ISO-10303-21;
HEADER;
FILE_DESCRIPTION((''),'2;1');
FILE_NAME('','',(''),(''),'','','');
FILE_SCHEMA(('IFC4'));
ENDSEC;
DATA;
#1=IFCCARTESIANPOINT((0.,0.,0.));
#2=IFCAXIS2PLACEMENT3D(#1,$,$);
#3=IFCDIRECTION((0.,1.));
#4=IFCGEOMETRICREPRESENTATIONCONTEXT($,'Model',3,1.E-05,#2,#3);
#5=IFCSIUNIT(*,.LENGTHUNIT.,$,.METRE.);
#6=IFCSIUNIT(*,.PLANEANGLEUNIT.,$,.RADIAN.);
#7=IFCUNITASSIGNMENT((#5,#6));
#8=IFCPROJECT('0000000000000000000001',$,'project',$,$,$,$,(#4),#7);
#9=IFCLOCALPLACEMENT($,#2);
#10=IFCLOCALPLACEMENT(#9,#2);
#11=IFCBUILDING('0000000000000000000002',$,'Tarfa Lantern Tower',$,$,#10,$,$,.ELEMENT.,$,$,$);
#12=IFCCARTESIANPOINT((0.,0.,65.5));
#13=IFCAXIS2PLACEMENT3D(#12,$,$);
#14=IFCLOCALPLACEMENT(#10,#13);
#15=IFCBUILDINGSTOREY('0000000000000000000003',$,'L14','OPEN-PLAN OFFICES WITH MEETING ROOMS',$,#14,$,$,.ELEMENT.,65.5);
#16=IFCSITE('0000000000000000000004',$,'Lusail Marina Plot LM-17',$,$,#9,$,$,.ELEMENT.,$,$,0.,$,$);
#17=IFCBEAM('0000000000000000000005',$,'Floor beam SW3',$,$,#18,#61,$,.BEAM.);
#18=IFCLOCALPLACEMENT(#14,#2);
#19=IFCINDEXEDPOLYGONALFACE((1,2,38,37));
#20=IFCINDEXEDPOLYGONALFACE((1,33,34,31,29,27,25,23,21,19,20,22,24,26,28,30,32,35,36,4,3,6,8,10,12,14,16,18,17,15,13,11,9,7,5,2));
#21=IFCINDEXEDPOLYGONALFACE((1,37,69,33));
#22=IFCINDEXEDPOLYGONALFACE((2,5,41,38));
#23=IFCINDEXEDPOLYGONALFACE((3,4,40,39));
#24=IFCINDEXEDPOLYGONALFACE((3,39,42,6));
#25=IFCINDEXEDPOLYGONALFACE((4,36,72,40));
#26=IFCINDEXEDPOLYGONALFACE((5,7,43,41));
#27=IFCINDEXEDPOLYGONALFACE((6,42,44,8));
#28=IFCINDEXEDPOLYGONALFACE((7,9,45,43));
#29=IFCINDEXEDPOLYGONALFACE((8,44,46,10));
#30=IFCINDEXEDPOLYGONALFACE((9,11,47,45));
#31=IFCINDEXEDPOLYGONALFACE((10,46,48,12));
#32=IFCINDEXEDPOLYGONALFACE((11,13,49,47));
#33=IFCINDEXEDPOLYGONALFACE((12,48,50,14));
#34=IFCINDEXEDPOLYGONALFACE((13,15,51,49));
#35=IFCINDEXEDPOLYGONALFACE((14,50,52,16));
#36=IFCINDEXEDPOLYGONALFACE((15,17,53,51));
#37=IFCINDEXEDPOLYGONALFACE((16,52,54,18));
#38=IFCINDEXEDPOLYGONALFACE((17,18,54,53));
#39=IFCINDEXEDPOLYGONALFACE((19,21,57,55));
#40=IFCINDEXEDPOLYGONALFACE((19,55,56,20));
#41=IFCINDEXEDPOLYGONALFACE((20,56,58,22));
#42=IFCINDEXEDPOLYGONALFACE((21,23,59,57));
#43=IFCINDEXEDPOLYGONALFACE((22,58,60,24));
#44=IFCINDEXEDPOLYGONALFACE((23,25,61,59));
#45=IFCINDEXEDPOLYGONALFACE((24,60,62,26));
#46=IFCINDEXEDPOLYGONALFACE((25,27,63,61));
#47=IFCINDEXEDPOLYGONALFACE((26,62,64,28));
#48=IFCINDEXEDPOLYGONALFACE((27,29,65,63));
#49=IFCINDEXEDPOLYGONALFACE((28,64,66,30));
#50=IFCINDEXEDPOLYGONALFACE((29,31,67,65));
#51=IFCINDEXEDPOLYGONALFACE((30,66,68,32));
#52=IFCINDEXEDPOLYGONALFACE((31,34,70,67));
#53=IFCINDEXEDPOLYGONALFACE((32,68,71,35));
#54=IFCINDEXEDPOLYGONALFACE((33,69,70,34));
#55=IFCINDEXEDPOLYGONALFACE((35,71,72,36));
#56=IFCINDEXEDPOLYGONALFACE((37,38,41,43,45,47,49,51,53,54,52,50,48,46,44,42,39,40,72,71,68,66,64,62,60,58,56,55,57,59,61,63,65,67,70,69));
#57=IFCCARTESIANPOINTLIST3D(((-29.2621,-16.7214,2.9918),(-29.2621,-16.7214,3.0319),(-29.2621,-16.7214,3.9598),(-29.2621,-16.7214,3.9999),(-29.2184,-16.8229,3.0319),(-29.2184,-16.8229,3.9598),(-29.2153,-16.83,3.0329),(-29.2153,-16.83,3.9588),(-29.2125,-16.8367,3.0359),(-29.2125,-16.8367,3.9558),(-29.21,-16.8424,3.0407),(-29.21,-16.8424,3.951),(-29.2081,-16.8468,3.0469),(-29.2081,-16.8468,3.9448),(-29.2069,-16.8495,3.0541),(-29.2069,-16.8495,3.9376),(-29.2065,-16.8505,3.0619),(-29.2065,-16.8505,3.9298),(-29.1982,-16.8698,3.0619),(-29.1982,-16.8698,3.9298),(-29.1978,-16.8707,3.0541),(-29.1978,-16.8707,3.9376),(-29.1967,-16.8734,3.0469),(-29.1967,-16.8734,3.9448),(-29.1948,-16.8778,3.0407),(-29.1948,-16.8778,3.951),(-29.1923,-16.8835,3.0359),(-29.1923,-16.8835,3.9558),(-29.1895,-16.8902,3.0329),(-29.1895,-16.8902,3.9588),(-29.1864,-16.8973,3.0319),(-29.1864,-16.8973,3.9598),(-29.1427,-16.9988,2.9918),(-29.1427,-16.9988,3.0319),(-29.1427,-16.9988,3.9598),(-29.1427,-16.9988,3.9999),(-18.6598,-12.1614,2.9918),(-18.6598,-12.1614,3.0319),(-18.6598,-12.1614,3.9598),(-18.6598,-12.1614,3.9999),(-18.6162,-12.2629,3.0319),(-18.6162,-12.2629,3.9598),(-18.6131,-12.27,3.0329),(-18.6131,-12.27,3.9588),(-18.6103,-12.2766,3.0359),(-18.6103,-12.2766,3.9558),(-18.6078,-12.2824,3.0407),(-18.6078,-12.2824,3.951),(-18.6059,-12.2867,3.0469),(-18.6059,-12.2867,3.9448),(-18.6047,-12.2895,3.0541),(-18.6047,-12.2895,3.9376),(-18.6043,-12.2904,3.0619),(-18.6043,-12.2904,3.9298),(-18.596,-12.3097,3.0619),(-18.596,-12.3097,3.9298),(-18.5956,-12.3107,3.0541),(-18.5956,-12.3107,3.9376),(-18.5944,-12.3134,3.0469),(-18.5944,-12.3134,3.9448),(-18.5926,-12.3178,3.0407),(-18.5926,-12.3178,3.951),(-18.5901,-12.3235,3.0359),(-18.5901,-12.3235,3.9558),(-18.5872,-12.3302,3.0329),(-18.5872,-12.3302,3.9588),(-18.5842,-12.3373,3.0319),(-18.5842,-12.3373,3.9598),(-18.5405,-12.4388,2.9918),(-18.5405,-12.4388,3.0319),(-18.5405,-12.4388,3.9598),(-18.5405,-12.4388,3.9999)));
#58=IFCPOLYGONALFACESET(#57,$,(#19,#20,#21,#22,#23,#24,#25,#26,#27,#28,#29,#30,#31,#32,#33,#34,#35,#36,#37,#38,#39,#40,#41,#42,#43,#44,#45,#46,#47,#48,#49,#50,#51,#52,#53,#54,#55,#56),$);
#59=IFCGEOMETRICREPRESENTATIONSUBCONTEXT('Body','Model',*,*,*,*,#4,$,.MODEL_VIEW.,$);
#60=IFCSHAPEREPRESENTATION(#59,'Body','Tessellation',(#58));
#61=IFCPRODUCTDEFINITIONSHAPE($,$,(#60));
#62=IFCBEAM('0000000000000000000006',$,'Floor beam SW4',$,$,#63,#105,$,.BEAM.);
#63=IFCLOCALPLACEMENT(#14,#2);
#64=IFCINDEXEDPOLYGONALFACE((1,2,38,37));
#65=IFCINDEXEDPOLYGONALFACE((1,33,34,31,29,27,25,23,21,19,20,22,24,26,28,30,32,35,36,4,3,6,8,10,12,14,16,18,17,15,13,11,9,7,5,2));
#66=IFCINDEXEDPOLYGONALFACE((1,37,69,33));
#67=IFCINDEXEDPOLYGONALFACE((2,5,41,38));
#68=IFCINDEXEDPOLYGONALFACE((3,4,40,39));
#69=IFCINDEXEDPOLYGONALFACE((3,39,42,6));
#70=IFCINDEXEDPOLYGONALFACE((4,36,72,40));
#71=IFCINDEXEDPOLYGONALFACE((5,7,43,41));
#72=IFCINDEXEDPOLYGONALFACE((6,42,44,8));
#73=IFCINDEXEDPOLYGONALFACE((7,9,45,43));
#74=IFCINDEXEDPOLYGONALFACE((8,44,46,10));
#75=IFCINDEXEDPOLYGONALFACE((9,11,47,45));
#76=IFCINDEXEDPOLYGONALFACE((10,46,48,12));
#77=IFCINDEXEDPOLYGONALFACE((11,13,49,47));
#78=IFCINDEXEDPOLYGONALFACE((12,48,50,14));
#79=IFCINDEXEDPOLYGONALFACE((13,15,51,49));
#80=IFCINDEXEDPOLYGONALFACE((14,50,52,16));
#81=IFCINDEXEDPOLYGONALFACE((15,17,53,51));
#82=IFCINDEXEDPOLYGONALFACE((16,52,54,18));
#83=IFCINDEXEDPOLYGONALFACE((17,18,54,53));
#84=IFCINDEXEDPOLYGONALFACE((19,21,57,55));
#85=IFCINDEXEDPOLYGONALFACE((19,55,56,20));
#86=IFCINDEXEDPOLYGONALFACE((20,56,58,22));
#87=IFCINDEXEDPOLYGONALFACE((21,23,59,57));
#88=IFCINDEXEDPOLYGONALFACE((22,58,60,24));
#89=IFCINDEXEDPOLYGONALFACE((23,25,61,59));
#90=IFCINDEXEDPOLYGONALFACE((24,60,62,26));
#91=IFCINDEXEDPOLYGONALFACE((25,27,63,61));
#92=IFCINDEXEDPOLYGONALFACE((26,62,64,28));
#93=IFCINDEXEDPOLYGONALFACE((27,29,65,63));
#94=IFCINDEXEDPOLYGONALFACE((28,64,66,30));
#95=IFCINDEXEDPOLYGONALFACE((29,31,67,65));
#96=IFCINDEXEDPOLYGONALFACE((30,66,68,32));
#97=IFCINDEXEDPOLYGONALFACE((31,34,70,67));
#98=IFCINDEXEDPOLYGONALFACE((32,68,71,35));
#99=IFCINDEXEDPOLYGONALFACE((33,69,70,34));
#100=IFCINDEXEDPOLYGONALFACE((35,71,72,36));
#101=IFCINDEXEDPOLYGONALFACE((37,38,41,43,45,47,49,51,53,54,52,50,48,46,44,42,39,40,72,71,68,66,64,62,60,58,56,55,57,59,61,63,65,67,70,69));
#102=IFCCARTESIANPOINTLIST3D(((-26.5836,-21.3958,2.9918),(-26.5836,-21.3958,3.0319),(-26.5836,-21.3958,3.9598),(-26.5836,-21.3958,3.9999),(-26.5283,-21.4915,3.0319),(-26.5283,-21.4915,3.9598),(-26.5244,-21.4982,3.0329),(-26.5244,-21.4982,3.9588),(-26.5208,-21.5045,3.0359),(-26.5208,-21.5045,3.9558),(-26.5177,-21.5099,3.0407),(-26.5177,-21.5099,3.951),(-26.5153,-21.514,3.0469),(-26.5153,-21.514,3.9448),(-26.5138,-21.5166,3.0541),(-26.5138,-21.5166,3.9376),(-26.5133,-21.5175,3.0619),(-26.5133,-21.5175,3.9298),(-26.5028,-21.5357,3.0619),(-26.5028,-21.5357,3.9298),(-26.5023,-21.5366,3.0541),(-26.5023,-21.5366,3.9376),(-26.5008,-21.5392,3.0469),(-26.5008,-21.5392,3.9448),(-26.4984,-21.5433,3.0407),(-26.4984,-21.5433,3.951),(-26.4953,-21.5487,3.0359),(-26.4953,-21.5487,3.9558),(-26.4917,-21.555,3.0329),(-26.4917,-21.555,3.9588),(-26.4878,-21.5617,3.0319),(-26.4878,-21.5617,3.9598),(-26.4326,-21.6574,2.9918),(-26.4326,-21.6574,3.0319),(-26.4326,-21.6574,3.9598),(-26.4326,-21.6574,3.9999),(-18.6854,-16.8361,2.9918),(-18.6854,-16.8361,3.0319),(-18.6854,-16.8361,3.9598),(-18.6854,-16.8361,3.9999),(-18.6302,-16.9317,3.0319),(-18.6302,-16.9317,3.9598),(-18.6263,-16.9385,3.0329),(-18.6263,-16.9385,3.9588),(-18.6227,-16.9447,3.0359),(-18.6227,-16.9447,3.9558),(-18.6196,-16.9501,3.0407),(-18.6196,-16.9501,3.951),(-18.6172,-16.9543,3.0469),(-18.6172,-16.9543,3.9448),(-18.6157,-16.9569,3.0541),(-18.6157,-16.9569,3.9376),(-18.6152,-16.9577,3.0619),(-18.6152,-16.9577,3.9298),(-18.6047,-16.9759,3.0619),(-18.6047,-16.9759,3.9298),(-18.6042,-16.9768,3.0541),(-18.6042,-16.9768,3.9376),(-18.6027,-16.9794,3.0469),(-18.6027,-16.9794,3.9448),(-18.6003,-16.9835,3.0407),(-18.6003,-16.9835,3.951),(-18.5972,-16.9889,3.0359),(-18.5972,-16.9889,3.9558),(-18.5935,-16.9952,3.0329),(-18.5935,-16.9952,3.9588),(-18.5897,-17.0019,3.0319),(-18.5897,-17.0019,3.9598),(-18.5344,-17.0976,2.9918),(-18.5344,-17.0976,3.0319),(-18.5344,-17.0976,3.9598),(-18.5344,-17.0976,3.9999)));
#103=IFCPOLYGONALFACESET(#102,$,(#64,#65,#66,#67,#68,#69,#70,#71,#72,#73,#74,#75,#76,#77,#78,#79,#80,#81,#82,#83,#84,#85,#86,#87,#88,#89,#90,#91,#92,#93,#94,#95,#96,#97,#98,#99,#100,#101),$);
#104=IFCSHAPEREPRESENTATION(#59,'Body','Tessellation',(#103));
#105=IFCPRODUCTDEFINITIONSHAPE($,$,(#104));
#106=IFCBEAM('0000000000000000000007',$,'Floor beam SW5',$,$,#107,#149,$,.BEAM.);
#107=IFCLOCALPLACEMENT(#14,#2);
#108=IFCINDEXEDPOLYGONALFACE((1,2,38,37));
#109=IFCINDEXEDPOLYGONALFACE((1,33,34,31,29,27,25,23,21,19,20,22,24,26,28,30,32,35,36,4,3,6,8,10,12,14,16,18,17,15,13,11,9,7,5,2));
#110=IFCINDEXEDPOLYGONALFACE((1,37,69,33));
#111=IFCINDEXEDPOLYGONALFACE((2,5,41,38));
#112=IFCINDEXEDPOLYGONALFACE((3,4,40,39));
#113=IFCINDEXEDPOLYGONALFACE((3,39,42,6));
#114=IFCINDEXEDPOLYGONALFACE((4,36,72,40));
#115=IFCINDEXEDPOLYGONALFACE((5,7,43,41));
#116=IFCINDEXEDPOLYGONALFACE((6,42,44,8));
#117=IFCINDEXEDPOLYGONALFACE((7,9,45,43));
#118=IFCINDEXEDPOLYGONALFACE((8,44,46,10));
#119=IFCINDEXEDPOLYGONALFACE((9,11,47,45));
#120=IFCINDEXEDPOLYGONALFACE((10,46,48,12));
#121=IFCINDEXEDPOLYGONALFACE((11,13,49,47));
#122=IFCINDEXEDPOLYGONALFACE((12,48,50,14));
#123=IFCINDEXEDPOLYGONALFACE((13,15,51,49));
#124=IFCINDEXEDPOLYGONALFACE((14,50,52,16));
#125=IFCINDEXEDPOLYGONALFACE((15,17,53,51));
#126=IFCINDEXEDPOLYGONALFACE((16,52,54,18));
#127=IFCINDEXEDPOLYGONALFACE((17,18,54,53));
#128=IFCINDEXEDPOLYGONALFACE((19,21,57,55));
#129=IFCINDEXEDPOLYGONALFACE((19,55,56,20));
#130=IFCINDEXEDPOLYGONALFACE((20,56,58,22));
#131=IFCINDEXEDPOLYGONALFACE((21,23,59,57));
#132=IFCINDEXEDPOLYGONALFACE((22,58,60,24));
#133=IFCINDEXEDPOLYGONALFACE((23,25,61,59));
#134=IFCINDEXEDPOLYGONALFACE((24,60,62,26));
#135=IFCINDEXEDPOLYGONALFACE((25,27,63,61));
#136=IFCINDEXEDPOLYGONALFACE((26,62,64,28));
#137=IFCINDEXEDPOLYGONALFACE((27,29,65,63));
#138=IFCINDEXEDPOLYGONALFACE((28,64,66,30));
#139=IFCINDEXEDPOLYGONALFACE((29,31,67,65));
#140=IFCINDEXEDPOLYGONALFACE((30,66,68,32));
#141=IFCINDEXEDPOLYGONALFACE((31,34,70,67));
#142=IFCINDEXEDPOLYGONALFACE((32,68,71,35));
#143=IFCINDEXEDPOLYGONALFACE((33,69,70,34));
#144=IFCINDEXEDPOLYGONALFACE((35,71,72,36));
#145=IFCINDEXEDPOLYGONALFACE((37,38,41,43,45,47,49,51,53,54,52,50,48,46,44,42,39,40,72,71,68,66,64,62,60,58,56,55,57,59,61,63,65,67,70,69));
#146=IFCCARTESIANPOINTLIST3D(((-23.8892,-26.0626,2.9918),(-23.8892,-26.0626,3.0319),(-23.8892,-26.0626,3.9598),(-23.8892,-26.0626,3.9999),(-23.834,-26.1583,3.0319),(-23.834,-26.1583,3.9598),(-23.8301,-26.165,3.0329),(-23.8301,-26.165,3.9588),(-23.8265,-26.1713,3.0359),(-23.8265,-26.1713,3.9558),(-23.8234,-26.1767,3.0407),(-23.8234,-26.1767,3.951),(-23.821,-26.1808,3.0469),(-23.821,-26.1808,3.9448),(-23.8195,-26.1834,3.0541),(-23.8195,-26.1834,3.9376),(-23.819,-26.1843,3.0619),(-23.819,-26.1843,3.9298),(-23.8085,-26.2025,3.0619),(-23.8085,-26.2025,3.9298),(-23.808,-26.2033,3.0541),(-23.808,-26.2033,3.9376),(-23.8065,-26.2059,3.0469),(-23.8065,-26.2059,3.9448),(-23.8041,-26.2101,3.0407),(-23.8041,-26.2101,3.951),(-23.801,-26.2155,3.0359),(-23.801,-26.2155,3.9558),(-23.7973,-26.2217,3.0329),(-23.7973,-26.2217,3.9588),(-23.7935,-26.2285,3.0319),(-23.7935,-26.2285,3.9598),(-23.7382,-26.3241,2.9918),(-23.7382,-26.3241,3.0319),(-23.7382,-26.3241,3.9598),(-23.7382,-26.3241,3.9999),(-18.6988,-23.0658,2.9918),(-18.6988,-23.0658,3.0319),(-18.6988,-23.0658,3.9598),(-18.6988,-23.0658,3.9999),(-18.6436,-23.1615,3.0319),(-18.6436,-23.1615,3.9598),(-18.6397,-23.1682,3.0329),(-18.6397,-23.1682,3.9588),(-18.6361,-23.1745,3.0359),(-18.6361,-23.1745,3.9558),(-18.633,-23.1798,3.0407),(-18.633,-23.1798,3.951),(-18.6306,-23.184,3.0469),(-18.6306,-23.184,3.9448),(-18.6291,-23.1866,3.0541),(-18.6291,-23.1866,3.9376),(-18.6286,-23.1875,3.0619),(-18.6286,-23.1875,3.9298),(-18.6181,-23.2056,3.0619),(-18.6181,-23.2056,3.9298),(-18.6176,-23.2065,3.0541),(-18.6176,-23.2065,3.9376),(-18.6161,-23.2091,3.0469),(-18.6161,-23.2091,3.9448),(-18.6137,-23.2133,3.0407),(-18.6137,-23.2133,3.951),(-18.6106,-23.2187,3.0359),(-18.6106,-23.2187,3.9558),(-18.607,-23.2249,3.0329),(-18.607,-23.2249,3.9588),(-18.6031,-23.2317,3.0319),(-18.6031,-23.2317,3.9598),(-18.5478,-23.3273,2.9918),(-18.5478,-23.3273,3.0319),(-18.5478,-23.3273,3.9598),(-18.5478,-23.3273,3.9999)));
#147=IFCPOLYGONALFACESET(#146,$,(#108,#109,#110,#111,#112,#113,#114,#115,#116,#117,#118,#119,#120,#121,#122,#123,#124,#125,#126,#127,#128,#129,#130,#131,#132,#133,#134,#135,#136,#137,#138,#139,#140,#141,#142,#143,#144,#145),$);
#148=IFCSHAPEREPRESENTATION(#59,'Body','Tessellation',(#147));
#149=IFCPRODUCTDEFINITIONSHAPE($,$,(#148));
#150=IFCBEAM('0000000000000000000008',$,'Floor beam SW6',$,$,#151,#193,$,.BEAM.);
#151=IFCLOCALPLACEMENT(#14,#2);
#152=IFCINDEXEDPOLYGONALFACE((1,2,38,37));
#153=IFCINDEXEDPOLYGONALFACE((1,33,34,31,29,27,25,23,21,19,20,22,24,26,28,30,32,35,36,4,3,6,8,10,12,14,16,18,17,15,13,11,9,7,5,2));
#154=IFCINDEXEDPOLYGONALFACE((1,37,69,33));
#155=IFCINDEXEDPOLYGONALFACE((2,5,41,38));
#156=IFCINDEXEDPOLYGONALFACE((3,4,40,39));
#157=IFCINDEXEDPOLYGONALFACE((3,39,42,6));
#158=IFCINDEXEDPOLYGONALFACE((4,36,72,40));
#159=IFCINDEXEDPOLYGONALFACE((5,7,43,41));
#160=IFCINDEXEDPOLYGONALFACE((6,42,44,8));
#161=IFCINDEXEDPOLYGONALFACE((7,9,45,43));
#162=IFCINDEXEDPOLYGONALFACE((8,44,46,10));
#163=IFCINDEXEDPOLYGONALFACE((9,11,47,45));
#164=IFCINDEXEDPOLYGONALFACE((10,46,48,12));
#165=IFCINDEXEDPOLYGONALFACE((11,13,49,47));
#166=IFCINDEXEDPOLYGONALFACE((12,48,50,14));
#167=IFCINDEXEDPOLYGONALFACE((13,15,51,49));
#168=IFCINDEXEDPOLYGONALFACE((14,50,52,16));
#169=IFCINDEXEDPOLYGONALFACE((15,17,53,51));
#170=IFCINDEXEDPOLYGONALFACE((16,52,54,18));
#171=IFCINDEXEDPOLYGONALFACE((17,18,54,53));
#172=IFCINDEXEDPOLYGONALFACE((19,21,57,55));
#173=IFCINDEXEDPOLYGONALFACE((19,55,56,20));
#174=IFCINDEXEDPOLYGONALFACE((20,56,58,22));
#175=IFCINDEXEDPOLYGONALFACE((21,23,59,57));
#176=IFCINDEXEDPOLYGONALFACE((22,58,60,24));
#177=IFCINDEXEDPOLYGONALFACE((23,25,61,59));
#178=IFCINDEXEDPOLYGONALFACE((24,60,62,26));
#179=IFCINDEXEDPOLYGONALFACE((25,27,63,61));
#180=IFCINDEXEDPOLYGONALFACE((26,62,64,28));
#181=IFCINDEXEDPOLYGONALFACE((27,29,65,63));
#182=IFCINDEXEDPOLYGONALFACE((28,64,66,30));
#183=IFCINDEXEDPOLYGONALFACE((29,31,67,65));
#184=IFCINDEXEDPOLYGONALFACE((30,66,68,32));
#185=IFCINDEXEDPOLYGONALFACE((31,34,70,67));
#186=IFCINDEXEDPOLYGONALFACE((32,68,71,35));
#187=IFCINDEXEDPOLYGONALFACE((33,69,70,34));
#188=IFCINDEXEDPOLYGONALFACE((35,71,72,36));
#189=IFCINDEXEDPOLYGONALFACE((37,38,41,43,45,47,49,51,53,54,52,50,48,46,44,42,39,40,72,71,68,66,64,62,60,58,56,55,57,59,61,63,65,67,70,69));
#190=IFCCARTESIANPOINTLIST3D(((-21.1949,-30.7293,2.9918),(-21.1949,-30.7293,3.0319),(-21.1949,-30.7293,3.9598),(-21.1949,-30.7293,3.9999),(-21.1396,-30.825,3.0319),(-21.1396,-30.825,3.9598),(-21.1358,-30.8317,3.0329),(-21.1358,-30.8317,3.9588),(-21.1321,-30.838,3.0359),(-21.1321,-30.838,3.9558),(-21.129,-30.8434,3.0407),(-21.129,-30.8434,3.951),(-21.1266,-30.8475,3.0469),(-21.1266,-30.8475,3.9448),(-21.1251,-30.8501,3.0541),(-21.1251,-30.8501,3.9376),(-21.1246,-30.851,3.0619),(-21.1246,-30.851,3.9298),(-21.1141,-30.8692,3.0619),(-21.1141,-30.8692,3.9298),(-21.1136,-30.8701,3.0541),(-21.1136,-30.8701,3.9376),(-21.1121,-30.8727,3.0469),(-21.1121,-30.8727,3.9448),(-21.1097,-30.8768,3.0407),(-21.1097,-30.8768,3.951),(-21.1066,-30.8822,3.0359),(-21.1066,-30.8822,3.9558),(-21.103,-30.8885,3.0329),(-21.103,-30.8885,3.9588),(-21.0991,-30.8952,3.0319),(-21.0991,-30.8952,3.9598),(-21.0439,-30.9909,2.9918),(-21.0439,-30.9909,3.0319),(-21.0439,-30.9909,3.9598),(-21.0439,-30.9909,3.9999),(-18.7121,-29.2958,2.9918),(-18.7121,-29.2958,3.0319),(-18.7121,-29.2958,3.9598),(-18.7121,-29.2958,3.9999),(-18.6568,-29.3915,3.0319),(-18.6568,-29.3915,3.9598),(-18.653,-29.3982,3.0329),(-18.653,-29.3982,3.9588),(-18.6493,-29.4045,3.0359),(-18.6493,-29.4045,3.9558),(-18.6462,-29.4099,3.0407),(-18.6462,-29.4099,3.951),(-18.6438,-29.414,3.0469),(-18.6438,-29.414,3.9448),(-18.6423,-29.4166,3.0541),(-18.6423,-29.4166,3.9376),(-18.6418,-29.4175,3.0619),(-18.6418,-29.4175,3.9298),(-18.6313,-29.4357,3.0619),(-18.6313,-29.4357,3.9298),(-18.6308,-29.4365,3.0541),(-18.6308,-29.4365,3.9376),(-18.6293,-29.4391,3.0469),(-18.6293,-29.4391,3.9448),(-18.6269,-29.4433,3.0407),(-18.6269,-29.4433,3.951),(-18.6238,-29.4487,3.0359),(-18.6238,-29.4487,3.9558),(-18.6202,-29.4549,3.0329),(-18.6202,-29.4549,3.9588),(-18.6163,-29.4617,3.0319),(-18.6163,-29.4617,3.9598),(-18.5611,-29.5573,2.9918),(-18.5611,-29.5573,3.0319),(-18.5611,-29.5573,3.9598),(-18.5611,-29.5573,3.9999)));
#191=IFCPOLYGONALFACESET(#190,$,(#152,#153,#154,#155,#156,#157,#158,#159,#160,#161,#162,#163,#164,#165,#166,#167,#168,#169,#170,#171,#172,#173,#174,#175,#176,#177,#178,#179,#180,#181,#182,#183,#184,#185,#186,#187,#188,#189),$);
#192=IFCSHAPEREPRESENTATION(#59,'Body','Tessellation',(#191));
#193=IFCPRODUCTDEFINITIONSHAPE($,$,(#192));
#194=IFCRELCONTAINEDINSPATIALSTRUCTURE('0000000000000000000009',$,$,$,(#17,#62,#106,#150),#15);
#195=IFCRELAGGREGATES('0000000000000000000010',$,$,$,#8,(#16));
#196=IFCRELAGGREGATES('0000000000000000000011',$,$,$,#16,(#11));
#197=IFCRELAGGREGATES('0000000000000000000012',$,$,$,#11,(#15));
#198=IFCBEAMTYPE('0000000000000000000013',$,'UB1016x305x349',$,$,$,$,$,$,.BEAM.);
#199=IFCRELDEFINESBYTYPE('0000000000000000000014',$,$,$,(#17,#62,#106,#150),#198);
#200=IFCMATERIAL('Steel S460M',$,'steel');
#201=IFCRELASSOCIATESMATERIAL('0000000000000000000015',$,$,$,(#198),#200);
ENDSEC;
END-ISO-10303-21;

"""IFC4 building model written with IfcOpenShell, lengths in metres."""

from ifc_helpers import new_model, si_unit, direction, frame, origin, origin_2d, place, context, subcontext, project, spatial, i_section, extrude, material, material_profile, profile_set, type_object, element, save


model = new_model("IFC4")

# Units and contexts
model_context = context("Model", 3, precision=1e-05, world=origin(), true_north=direction((0.0, 1.0)))
body_context = subcontext(model_context, "Body", "Model", "MODEL_VIEW")
ifc_project = project(units=[si_unit("LENGTHUNIT", "METRE"), si_unit("PLANEANGLEUNIT", "RADIAN")], contexts=[model_context])

# Site, building, storey
site_placement = place(None, origin())
site = spatial("IfcSite", under=ifc_project, at=site_placement, Name="Lusail Marina Plot LM-17", CompositionType="ELEMENT", RefElevation=0.0)
building_placement = place(site_placement, origin())
building = spatial("IfcBuilding", under=site, at=building_placement, Name="Tarfa Lantern Tower", CompositionType="ELEMENT")
storey_placement = place(building_placement, frame((0.0, 0.0, 65.5)))
storey = spatial("IfcBuildingStorey", under=building, at=storey_placement, Name="L14", Description="OPEN-PLAN OFFICES WITH MEETING ROOMS", CompositionType="ELEMENT", Elevation=65.5)

# Beams
ifc_material_1 = material(Name="Steel S460M", Category="steel")
ifc_material_profile_1 = material_profile(ifc_material_1, i_section(OverallWidth=0.302, OverallDepth=1.0081, WebThickness=0.021, FlangeThickness=0.04, FilletRadius=0.03, at=origin_2d()), Name="UB1016x305x349")
ifc_profile_set_1 = profile_set([ifc_material_profile_1], Name="Steel S460M")
beam_type_1 = type_object("IfcBeamType", Name="UB1016x305x349", PredefinedType="BEAM", material=ifc_profile_set_1)
beam_1_placement = place(storey_placement, frame((-29.2024, -16.8601, 3.4958), z_axis=(0.918635, 0.395106, 0.0), x_axis=(-0.395106, 0.918635, 0.0)))
element("IfcBeam", 1, at=beam_1_placement, inside=storey, type_object=beam_type_1, Name="Floor beam SW3", PredefinedType="BEAM", context=body_context, shape_type="SweptSolid", body=[
    extrude(i_section(OverallWidth=0.302, OverallDepth=1.0081, WebThickness=0.021, FlangeThickness=0.04, FilletRadius=0.03, at=origin_2d()), origin(), (0.0, 0.0, 1.0), 11.5413),
])
beam_2_placement = place(storey_placement, frame((-26.5081, -21.5266, 3.4958), z_axis=(0.866035, 0.499983, 0.0), x_axis=(-0.499983, 0.866035, 0.0)))
element("IfcBeam", 2, at=beam_2_placement, inside=storey, type_object=beam_type_1, Name="Floor beam SW4", PredefinedType="BEAM", context=body_context, shape_type="SweptSolid", body=[
    extrude(i_section(OverallWidth=0.302, OverallDepth=1.0081, WebThickness=0.021, FlangeThickness=0.04, FilletRadius=0.03, at=origin_2d()), origin(), (0.0, 0.0, 1.0), 9.1199),
])
beam_3_placement = place(storey_placement, frame((-23.8137, -26.1934, 3.4958), z_axis=(0.866016, 0.500016, 0.0), x_axis=(-0.500016, 0.866016, 0.0)))
element("IfcBeam", 3, at=beam_3_placement, inside=storey, type_object=beam_type_1, Name="Floor beam SW5", PredefinedType="BEAM", context=body_context, shape_type="SweptSolid", body=[
    extrude(i_section(OverallWidth=0.302, OverallDepth=1.0081, WebThickness=0.021, FlangeThickness=0.04, FilletRadius=0.03, at=origin_2d()), origin(), (0.0, 0.0, 1.0), 5.9934),
])
beam_4_placement = place(storey_placement, frame((-21.1194, -30.8601, 3.4958), z_axis=(0.866013, 0.500022, 0.0), x_axis=(-0.500022, 0.866013, 0.0)))
element("IfcBeam", 4, at=beam_4_placement, inside=storey, type_object=beam_type_1, Name="Floor beam SW6", PredefinedType="BEAM", context=body_context, shape_type="SweptSolid", body=[
    extrude(i_section(OverallWidth=0.302, OverallDepth=1.0081, WebThickness=0.021, FlangeThickness=0.04, FilletRadius=0.03, at=origin_2d()), origin(), (0.0, 0.0, 1.0), 2.8669),
])

save(model, "model.ifc")
